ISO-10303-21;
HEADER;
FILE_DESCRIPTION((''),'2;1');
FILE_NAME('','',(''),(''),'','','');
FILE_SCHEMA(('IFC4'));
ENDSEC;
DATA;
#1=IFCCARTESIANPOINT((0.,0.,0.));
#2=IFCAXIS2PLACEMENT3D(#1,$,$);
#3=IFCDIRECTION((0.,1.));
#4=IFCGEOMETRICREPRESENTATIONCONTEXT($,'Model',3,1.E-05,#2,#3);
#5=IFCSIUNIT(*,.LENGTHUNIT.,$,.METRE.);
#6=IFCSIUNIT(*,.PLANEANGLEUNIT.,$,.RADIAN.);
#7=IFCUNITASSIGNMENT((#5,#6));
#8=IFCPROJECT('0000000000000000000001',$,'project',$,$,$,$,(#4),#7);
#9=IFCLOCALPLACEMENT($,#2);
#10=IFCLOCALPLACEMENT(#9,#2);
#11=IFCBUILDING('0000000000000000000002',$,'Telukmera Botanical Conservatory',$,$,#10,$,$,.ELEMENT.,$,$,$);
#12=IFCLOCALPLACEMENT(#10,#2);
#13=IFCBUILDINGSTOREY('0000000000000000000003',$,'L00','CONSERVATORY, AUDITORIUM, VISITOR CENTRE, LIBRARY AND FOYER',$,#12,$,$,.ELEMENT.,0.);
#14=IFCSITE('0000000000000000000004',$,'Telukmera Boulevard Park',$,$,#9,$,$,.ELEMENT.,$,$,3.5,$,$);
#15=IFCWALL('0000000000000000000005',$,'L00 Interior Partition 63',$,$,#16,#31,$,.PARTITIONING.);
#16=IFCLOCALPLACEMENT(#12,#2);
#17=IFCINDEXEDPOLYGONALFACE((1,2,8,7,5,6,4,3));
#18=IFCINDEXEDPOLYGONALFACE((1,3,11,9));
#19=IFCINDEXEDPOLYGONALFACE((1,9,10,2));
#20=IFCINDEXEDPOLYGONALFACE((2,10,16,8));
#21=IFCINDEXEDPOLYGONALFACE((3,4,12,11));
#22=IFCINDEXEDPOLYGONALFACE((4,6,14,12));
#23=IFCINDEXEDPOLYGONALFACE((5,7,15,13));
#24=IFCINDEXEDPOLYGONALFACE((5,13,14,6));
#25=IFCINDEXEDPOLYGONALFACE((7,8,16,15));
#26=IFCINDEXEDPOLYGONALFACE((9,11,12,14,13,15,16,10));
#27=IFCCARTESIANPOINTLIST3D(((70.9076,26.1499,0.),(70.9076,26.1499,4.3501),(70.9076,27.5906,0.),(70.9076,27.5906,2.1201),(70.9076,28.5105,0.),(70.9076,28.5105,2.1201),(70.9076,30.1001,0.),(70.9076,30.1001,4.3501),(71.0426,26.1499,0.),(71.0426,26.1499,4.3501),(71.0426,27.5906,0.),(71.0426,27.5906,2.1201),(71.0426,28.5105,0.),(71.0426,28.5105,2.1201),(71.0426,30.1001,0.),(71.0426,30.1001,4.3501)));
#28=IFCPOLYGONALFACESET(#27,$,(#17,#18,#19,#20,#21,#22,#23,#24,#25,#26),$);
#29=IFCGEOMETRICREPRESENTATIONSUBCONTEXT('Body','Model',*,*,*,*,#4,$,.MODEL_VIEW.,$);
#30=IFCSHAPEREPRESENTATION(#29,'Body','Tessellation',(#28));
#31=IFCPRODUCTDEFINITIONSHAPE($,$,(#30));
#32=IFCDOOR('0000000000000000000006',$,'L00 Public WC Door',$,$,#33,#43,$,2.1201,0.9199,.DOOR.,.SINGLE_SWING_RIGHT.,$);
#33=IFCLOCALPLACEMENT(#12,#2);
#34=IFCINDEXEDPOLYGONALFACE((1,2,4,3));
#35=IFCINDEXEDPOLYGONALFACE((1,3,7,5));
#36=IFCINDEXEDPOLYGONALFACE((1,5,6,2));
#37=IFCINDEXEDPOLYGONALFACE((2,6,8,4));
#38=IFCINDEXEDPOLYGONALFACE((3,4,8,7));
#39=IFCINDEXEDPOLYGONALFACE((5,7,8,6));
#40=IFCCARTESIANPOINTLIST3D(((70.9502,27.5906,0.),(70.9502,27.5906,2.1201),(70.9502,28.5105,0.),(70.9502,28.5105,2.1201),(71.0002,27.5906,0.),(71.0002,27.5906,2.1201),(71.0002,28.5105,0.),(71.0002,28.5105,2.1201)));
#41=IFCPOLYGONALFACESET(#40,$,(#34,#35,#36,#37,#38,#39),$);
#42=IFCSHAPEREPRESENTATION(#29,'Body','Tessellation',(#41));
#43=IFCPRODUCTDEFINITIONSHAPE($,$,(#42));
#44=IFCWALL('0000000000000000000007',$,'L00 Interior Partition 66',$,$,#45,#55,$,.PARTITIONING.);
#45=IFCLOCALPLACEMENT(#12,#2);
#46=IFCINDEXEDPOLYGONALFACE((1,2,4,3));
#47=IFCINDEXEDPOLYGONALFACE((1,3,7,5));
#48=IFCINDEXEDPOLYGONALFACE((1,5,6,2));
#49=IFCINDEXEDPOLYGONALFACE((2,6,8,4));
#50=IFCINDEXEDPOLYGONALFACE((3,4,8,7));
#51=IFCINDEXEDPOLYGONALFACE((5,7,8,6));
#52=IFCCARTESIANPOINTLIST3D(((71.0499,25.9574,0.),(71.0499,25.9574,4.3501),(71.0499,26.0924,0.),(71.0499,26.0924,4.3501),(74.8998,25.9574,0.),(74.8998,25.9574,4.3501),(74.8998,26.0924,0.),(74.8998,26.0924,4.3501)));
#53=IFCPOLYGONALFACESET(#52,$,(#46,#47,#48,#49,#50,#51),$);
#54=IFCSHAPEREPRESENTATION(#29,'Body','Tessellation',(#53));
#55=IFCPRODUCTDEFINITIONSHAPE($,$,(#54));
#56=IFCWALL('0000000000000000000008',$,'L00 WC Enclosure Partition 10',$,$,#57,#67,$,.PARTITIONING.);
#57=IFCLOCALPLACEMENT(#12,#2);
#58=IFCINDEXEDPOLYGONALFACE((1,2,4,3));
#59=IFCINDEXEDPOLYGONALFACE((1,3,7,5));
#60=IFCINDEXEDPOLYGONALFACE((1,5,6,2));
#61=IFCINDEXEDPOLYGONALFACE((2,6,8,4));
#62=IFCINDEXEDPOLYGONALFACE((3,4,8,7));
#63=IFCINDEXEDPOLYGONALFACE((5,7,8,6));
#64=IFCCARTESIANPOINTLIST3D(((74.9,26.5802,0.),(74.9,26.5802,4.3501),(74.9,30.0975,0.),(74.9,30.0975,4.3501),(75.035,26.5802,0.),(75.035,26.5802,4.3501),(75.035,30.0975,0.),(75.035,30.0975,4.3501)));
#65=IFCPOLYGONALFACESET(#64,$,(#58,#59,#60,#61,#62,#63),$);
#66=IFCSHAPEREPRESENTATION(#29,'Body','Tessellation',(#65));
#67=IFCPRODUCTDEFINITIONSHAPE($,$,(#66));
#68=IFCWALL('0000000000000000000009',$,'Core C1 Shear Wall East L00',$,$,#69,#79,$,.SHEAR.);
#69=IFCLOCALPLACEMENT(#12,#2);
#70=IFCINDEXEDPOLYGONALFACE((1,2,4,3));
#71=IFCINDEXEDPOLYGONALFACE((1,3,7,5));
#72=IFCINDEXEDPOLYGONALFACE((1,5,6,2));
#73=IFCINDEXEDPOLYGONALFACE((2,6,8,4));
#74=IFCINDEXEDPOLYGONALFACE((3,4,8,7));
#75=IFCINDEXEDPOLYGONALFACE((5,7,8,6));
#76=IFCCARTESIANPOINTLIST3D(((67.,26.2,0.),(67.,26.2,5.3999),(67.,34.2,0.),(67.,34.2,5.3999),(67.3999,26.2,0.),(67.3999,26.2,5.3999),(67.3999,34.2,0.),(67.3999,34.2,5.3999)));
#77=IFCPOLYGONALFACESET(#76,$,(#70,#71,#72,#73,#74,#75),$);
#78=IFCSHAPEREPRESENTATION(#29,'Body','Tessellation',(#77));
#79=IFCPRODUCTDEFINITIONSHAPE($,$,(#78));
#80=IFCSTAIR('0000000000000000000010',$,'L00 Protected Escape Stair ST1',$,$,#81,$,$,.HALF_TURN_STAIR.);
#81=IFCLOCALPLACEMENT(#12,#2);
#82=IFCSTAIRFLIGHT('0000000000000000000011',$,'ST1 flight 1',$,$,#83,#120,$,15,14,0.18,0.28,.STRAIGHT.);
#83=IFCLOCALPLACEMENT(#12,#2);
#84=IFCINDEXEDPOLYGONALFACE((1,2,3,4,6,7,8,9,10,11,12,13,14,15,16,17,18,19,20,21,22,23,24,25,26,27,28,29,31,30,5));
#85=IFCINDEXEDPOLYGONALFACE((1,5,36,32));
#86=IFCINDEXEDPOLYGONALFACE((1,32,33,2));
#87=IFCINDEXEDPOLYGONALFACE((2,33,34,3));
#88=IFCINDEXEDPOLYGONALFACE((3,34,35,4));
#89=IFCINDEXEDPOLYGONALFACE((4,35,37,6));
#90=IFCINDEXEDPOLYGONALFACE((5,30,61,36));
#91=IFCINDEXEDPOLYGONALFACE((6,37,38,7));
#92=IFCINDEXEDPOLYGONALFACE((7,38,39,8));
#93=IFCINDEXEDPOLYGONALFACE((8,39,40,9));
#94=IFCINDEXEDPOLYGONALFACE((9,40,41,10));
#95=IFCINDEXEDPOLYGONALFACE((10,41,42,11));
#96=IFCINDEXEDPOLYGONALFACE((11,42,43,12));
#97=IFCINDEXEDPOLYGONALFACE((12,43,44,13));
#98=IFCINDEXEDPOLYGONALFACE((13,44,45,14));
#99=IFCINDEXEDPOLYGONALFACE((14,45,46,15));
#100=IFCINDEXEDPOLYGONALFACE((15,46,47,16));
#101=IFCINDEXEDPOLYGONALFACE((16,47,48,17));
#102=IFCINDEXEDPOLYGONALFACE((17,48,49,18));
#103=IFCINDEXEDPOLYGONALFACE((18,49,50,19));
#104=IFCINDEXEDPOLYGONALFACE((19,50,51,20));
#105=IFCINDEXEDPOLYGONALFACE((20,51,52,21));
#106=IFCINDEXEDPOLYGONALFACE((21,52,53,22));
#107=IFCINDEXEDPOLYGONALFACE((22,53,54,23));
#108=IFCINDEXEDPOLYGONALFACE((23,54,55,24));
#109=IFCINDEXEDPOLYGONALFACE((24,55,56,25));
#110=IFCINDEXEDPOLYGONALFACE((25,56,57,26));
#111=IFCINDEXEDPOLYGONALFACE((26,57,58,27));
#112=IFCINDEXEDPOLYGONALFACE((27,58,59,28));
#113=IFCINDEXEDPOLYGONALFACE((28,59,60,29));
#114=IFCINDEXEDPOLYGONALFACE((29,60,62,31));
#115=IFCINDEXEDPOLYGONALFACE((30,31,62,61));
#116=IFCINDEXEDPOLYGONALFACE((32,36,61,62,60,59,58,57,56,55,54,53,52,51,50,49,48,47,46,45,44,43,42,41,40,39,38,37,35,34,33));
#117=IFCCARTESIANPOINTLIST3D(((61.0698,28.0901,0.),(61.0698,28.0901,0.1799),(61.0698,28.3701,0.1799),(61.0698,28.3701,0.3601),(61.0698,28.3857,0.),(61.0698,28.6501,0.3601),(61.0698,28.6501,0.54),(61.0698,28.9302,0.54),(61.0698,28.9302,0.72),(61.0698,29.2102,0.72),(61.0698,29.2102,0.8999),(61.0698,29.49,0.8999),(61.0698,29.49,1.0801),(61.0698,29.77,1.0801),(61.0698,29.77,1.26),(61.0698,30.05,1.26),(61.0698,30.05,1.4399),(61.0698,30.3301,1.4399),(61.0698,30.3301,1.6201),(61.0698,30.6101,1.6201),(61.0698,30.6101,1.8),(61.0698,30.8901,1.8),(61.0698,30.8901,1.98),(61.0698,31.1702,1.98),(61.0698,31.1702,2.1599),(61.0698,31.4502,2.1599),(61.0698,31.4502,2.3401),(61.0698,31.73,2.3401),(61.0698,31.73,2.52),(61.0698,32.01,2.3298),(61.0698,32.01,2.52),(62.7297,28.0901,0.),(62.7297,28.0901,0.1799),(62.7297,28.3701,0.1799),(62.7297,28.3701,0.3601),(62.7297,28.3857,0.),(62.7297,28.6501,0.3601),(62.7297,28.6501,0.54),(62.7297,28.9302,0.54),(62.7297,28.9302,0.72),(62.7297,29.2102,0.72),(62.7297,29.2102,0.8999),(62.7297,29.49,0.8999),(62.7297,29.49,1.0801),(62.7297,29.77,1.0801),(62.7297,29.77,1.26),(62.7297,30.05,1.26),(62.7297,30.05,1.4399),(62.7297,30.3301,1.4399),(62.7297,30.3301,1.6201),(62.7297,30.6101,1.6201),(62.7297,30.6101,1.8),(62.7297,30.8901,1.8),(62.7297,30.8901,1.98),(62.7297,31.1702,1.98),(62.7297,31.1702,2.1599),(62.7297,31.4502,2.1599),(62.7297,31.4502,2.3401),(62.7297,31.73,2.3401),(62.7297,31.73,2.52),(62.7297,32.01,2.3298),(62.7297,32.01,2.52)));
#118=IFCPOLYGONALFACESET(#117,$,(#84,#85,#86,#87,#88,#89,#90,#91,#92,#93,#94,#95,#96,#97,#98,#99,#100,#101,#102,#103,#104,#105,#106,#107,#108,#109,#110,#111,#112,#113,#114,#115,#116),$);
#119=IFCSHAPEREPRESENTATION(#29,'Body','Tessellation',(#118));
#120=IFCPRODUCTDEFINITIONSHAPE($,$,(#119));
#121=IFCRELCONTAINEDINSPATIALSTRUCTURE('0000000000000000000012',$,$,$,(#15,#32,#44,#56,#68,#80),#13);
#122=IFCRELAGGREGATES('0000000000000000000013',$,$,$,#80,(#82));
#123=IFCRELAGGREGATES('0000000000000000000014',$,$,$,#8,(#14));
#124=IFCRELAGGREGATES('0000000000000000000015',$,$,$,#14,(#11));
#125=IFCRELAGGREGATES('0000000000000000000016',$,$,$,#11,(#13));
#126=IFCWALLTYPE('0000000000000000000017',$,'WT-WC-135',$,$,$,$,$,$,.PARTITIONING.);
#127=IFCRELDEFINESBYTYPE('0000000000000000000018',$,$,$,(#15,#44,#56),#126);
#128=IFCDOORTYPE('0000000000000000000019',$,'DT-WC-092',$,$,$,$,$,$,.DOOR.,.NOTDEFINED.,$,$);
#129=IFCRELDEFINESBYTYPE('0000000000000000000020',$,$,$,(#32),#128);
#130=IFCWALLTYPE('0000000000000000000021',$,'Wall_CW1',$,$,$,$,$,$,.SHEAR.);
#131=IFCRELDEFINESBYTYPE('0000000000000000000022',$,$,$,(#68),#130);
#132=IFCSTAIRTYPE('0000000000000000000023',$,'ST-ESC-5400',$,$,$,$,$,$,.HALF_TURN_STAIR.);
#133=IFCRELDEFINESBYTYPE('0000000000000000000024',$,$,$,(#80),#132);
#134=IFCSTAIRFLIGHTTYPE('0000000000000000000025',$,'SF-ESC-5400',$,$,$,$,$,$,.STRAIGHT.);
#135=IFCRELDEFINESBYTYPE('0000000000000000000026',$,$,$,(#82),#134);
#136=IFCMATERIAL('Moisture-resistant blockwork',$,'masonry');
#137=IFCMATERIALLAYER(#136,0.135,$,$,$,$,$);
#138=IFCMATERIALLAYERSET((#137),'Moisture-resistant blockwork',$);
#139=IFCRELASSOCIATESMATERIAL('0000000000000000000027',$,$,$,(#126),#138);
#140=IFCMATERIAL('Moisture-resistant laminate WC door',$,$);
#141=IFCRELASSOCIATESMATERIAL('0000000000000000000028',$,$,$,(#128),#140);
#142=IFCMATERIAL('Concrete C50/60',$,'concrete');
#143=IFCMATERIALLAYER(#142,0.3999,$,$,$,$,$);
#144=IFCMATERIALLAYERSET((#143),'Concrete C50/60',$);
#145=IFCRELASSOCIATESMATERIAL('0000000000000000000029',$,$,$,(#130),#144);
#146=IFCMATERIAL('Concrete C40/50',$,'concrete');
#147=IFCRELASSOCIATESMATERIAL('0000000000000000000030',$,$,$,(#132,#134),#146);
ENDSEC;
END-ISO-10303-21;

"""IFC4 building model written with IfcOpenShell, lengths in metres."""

from ifc_helpers import new_model, si_unit, direction, frame, frame_2d, origin, place, context, subcontext, project, spatial, polyline, rectangle, outline, extrude, material, layer, layer_set, type_object, element, fill, aggregate, save


model = new_model("IFC4")

# Units and contexts
model_context = context("Model", 3, precision=1e-05, world=origin(), true_north=direction((0.0, 1.0)))
body_context = subcontext(model_context, "Body", "Model", "MODEL_VIEW")
ifc_project = project(units=[si_unit("LENGTHUNIT", "METRE"), si_unit("PLANEANGLEUNIT", "RADIAN")], contexts=[model_context])

# Site, building, storey
site_placement = place(None, origin())
site = spatial("IfcSite", under=ifc_project, at=site_placement, Name="Telukmera Boulevard Park", CompositionType="ELEMENT", RefElevation=3.5)
building_placement = place(site_placement, origin())
building = spatial("IfcBuilding", under=site, at=building_placement, Name="Telukmera Botanical Conservatory", CompositionType="ELEMENT")
storey_placement = place(building_placement, origin())
storey = spatial("IfcBuildingStorey", under=building, at=storey_placement, Name="L00", Description="CONSERVATORY, AUDITORIUM, VISITOR CENTRE, LIBRARY AND FOYER", CompositionType="ELEMENT", Elevation=0.0)

# Shared definitions
ifc_material_1 = material(Name="Concrete C50/60", Category="concrete")

# Shared definitions
ifc_material_2 = material(Name="Concrete C40/50", Category="concrete")

# Wall, opening, door
ifc_material_3 = material(Name="Moisture-resistant blockwork", Category="masonry")
ifc_layer_1 = layer(ifc_material_3, 0.135)
ifc_layer_set_1 = layer_set([ifc_layer_1], Name="Moisture-resistant blockwork")
wall_type_1 = type_object("IfcWallType", Name="WT-WC-135", PredefinedType="PARTITIONING", material=ifc_layer_set_1)
wall_1_placement = place(storey_placement, frame((70.9751, 26.1499, 0.0), z_axis=(0.0, 0.0, 1.0), x_axis=(0.0, 1.0, 0.0)))
wall_1 = element("IfcWall", 1, at=wall_1_placement, inside=storey, type_object=wall_type_1, Name="L00 Interior Partition 63", PredefinedType="PARTITIONING", context=body_context, shape_type="SweptSolid", body=[
    extrude(rectangle(XDim=3.9502, YDim=0.135, at=frame_2d((1.9751, 0.0))), origin(), (0.0, 0.0, 1.0), 4.3501),
])
opening_1_placement = place(wall_1_placement, frame((1.4407, 0.0, 0.0)))
opening_1 = element("IfcOpeningElement", 2, at=opening_1_placement, cuts=wall_1, PredefinedType="OPENING", context=body_context, shape_type="SweptSolid", body=[
    extrude(rectangle(XDim=0.9199, YDim=2.1201, at=frame_2d((0.46, 1.0601))), frame((0.0, 0.0774, 0.0), z_axis=(0.0, -1.0, 0.0), x_axis=(1.0, 0.0, 0.0)), (0.0, 0.0, 1.0), 0.155),
])
ifc_material_4 = material(Name="Moisture-resistant laminate WC door")
door_type_1 = type_object("IfcDoorType", Name="DT-WC-092", OperationType="NOTDEFINED", PredefinedType="DOOR", material=ifc_material_4)
door_1_placement = place(opening_1_placement, origin())
door_1 = element("IfcDoor", 3, at=door_1_placement, inside=storey, type_object=door_type_1, Name="L00 Public WC Door", OperationType="SINGLE_SWING_RIGHT", OverallHeight=2.1201, OverallWidth=0.9199, PredefinedType="DOOR", context=body_context, shape_type="SweptSolid", body=[
    extrude(rectangle(XDim=0.9199, YDim=2.1201, at=frame_2d((0.46, 1.0601))), frame((0.0, 0.0249, 0.0), z_axis=(0.0, -1.0, 0.0), x_axis=(1.0, 0.0, 0.0)), (0.0, 0.0, 1.0), 0.05),
])
fill(opening_1, door_1)

# Walls
wall_2_placement = place(storey_placement, frame((71.05, 26.0249, 0.0), z_axis=(0.0, 0.0, 1.0), x_axis=(1.0, 0.0, 0.0)))
element("IfcWall", 4, at=wall_2_placement, inside=storey, type_object=wall_type_1, Name="L00 Interior Partition 66", PredefinedType="PARTITIONING", context=body_context, shape_type="SweptSolid", body=[
    extrude(rectangle(XDim=3.8499, YDim=0.135, at=frame_2d((1.9248, 0.0))), origin(), (0.0, 0.0, 1.0), 4.3501),
])
wall_3_placement = place(storey_placement, frame((74.9675, 26.5801, 0.0), z_axis=(0.0, 0.0, 1.0), x_axis=(0.0, 1.0, 0.0)))
element("IfcWall", 5, at=wall_3_placement, inside=storey, type_object=wall_type_1, Name="L00 WC Enclosure Partition 10", PredefinedType="PARTITIONING", context=body_context, shape_type="SweptSolid", body=[
    extrude(rectangle(XDim=3.5173, YDim=0.135, at=frame_2d((1.7588, 0.0))), origin(), (0.0, 0.0, 1.0), 4.3501),
])
ifc_layer_2 = layer(ifc_material_1, 0.3999)
ifc_layer_set_2 = layer_set([ifc_layer_2], Name="Concrete C50/60")
wall_type_2 = type_object("IfcWallType", Name="Wall_CW1", PredefinedType="SHEAR", material=ifc_layer_set_2)
wall_4_placement = place(storey_placement, frame((67.2, 26.2, 0.0), z_axis=(0.0, 0.0, 1.0), x_axis=(0.0, 1.0, 0.0)))
element("IfcWall", 6, at=wall_4_placement, inside=storey, type_object=wall_type_2, Name="Core C1 Shear Wall East L00", PredefinedType="SHEAR", context=body_context, shape_type="SweptSolid", body=[
    extrude(rectangle(XDim=8.0, YDim=0.3999, at=frame_2d((4.0, 0.0))), origin(), (0.0, 0.0, 1.0), 5.3999),
])

# Stair, stair flight
stair_type = type_object("IfcStairType", Name="ST-ESC-5400", PredefinedType="HALF_TURN_STAIR", material=ifc_material_2)
stair_placement = place(storey_placement, origin())
stair = element("IfcStair", 7, at=stair_placement, inside=storey, type_object=stair_type, Name="L00 Protected Escape Stair ST1", PredefinedType="HALF_TURN_STAIR")
stair_flight_type = type_object("IfcStairFlightType", Name="SF-ESC-5400", PredefinedType="STRAIGHT", material=ifc_material_2)
stair_flight_placement = place(storey_placement, frame((61.8999, 28.0901, 0.0), z_axis=(0.0, 0.0, 1.0), x_axis=(0.0, 1.0, 0.0)))
stair_flight = element("IfcStairFlight", 8, at=stair_flight_placement, type_object=stair_flight_type, Name="ST1 flight 1", NumberOfRisers=15, NumberOfTreads=14, PredefinedType="STRAIGHT", RiserHeight=0.18, TreadLength=0.28, context=body_context, shape_type="SweptSolid", body=[
    extrude(outline(polyline([(0.0, 0.0), (0.0, 0.1799), (0.28, 0.1799), (0.28, 0.3601), (0.5601, 0.3601), (0.5601, 0.54), (0.8401, 0.54), (0.8401, 0.72), (1.1201, 0.72), (1.1201, 0.8999), (1.3999, 0.8999), (1.3999, 1.0801), (1.6799, 1.0801), (1.6799, 1.26), (1.96, 1.26), (1.96, 1.4399), (2.24, 1.4399), (2.24, 1.6201), (2.52, 1.6201), (2.52, 1.8), (2.8, 1.8), (2.8, 1.98), (3.0801, 1.98), (3.0801, 2.1599), (3.3601, 2.1599), (3.3601, 2.3401), (3.6399, 2.3401), (3.6399, 2.52), (3.9199, 2.52), (3.9199, 2.7), (3.9199, 2.3298), (0.2957, 0.0), (0.0, 0.0)])), frame((0.0, 0.8301, 0.0), z_axis=(0.0, -1.0, 0.0), x_axis=(1.0, 0.0, 0.0)), (0.0, 0.0, 1.0), 1.6599),
])
aggregate(stair, [stair_flight])

save(model, "model.ifc")
